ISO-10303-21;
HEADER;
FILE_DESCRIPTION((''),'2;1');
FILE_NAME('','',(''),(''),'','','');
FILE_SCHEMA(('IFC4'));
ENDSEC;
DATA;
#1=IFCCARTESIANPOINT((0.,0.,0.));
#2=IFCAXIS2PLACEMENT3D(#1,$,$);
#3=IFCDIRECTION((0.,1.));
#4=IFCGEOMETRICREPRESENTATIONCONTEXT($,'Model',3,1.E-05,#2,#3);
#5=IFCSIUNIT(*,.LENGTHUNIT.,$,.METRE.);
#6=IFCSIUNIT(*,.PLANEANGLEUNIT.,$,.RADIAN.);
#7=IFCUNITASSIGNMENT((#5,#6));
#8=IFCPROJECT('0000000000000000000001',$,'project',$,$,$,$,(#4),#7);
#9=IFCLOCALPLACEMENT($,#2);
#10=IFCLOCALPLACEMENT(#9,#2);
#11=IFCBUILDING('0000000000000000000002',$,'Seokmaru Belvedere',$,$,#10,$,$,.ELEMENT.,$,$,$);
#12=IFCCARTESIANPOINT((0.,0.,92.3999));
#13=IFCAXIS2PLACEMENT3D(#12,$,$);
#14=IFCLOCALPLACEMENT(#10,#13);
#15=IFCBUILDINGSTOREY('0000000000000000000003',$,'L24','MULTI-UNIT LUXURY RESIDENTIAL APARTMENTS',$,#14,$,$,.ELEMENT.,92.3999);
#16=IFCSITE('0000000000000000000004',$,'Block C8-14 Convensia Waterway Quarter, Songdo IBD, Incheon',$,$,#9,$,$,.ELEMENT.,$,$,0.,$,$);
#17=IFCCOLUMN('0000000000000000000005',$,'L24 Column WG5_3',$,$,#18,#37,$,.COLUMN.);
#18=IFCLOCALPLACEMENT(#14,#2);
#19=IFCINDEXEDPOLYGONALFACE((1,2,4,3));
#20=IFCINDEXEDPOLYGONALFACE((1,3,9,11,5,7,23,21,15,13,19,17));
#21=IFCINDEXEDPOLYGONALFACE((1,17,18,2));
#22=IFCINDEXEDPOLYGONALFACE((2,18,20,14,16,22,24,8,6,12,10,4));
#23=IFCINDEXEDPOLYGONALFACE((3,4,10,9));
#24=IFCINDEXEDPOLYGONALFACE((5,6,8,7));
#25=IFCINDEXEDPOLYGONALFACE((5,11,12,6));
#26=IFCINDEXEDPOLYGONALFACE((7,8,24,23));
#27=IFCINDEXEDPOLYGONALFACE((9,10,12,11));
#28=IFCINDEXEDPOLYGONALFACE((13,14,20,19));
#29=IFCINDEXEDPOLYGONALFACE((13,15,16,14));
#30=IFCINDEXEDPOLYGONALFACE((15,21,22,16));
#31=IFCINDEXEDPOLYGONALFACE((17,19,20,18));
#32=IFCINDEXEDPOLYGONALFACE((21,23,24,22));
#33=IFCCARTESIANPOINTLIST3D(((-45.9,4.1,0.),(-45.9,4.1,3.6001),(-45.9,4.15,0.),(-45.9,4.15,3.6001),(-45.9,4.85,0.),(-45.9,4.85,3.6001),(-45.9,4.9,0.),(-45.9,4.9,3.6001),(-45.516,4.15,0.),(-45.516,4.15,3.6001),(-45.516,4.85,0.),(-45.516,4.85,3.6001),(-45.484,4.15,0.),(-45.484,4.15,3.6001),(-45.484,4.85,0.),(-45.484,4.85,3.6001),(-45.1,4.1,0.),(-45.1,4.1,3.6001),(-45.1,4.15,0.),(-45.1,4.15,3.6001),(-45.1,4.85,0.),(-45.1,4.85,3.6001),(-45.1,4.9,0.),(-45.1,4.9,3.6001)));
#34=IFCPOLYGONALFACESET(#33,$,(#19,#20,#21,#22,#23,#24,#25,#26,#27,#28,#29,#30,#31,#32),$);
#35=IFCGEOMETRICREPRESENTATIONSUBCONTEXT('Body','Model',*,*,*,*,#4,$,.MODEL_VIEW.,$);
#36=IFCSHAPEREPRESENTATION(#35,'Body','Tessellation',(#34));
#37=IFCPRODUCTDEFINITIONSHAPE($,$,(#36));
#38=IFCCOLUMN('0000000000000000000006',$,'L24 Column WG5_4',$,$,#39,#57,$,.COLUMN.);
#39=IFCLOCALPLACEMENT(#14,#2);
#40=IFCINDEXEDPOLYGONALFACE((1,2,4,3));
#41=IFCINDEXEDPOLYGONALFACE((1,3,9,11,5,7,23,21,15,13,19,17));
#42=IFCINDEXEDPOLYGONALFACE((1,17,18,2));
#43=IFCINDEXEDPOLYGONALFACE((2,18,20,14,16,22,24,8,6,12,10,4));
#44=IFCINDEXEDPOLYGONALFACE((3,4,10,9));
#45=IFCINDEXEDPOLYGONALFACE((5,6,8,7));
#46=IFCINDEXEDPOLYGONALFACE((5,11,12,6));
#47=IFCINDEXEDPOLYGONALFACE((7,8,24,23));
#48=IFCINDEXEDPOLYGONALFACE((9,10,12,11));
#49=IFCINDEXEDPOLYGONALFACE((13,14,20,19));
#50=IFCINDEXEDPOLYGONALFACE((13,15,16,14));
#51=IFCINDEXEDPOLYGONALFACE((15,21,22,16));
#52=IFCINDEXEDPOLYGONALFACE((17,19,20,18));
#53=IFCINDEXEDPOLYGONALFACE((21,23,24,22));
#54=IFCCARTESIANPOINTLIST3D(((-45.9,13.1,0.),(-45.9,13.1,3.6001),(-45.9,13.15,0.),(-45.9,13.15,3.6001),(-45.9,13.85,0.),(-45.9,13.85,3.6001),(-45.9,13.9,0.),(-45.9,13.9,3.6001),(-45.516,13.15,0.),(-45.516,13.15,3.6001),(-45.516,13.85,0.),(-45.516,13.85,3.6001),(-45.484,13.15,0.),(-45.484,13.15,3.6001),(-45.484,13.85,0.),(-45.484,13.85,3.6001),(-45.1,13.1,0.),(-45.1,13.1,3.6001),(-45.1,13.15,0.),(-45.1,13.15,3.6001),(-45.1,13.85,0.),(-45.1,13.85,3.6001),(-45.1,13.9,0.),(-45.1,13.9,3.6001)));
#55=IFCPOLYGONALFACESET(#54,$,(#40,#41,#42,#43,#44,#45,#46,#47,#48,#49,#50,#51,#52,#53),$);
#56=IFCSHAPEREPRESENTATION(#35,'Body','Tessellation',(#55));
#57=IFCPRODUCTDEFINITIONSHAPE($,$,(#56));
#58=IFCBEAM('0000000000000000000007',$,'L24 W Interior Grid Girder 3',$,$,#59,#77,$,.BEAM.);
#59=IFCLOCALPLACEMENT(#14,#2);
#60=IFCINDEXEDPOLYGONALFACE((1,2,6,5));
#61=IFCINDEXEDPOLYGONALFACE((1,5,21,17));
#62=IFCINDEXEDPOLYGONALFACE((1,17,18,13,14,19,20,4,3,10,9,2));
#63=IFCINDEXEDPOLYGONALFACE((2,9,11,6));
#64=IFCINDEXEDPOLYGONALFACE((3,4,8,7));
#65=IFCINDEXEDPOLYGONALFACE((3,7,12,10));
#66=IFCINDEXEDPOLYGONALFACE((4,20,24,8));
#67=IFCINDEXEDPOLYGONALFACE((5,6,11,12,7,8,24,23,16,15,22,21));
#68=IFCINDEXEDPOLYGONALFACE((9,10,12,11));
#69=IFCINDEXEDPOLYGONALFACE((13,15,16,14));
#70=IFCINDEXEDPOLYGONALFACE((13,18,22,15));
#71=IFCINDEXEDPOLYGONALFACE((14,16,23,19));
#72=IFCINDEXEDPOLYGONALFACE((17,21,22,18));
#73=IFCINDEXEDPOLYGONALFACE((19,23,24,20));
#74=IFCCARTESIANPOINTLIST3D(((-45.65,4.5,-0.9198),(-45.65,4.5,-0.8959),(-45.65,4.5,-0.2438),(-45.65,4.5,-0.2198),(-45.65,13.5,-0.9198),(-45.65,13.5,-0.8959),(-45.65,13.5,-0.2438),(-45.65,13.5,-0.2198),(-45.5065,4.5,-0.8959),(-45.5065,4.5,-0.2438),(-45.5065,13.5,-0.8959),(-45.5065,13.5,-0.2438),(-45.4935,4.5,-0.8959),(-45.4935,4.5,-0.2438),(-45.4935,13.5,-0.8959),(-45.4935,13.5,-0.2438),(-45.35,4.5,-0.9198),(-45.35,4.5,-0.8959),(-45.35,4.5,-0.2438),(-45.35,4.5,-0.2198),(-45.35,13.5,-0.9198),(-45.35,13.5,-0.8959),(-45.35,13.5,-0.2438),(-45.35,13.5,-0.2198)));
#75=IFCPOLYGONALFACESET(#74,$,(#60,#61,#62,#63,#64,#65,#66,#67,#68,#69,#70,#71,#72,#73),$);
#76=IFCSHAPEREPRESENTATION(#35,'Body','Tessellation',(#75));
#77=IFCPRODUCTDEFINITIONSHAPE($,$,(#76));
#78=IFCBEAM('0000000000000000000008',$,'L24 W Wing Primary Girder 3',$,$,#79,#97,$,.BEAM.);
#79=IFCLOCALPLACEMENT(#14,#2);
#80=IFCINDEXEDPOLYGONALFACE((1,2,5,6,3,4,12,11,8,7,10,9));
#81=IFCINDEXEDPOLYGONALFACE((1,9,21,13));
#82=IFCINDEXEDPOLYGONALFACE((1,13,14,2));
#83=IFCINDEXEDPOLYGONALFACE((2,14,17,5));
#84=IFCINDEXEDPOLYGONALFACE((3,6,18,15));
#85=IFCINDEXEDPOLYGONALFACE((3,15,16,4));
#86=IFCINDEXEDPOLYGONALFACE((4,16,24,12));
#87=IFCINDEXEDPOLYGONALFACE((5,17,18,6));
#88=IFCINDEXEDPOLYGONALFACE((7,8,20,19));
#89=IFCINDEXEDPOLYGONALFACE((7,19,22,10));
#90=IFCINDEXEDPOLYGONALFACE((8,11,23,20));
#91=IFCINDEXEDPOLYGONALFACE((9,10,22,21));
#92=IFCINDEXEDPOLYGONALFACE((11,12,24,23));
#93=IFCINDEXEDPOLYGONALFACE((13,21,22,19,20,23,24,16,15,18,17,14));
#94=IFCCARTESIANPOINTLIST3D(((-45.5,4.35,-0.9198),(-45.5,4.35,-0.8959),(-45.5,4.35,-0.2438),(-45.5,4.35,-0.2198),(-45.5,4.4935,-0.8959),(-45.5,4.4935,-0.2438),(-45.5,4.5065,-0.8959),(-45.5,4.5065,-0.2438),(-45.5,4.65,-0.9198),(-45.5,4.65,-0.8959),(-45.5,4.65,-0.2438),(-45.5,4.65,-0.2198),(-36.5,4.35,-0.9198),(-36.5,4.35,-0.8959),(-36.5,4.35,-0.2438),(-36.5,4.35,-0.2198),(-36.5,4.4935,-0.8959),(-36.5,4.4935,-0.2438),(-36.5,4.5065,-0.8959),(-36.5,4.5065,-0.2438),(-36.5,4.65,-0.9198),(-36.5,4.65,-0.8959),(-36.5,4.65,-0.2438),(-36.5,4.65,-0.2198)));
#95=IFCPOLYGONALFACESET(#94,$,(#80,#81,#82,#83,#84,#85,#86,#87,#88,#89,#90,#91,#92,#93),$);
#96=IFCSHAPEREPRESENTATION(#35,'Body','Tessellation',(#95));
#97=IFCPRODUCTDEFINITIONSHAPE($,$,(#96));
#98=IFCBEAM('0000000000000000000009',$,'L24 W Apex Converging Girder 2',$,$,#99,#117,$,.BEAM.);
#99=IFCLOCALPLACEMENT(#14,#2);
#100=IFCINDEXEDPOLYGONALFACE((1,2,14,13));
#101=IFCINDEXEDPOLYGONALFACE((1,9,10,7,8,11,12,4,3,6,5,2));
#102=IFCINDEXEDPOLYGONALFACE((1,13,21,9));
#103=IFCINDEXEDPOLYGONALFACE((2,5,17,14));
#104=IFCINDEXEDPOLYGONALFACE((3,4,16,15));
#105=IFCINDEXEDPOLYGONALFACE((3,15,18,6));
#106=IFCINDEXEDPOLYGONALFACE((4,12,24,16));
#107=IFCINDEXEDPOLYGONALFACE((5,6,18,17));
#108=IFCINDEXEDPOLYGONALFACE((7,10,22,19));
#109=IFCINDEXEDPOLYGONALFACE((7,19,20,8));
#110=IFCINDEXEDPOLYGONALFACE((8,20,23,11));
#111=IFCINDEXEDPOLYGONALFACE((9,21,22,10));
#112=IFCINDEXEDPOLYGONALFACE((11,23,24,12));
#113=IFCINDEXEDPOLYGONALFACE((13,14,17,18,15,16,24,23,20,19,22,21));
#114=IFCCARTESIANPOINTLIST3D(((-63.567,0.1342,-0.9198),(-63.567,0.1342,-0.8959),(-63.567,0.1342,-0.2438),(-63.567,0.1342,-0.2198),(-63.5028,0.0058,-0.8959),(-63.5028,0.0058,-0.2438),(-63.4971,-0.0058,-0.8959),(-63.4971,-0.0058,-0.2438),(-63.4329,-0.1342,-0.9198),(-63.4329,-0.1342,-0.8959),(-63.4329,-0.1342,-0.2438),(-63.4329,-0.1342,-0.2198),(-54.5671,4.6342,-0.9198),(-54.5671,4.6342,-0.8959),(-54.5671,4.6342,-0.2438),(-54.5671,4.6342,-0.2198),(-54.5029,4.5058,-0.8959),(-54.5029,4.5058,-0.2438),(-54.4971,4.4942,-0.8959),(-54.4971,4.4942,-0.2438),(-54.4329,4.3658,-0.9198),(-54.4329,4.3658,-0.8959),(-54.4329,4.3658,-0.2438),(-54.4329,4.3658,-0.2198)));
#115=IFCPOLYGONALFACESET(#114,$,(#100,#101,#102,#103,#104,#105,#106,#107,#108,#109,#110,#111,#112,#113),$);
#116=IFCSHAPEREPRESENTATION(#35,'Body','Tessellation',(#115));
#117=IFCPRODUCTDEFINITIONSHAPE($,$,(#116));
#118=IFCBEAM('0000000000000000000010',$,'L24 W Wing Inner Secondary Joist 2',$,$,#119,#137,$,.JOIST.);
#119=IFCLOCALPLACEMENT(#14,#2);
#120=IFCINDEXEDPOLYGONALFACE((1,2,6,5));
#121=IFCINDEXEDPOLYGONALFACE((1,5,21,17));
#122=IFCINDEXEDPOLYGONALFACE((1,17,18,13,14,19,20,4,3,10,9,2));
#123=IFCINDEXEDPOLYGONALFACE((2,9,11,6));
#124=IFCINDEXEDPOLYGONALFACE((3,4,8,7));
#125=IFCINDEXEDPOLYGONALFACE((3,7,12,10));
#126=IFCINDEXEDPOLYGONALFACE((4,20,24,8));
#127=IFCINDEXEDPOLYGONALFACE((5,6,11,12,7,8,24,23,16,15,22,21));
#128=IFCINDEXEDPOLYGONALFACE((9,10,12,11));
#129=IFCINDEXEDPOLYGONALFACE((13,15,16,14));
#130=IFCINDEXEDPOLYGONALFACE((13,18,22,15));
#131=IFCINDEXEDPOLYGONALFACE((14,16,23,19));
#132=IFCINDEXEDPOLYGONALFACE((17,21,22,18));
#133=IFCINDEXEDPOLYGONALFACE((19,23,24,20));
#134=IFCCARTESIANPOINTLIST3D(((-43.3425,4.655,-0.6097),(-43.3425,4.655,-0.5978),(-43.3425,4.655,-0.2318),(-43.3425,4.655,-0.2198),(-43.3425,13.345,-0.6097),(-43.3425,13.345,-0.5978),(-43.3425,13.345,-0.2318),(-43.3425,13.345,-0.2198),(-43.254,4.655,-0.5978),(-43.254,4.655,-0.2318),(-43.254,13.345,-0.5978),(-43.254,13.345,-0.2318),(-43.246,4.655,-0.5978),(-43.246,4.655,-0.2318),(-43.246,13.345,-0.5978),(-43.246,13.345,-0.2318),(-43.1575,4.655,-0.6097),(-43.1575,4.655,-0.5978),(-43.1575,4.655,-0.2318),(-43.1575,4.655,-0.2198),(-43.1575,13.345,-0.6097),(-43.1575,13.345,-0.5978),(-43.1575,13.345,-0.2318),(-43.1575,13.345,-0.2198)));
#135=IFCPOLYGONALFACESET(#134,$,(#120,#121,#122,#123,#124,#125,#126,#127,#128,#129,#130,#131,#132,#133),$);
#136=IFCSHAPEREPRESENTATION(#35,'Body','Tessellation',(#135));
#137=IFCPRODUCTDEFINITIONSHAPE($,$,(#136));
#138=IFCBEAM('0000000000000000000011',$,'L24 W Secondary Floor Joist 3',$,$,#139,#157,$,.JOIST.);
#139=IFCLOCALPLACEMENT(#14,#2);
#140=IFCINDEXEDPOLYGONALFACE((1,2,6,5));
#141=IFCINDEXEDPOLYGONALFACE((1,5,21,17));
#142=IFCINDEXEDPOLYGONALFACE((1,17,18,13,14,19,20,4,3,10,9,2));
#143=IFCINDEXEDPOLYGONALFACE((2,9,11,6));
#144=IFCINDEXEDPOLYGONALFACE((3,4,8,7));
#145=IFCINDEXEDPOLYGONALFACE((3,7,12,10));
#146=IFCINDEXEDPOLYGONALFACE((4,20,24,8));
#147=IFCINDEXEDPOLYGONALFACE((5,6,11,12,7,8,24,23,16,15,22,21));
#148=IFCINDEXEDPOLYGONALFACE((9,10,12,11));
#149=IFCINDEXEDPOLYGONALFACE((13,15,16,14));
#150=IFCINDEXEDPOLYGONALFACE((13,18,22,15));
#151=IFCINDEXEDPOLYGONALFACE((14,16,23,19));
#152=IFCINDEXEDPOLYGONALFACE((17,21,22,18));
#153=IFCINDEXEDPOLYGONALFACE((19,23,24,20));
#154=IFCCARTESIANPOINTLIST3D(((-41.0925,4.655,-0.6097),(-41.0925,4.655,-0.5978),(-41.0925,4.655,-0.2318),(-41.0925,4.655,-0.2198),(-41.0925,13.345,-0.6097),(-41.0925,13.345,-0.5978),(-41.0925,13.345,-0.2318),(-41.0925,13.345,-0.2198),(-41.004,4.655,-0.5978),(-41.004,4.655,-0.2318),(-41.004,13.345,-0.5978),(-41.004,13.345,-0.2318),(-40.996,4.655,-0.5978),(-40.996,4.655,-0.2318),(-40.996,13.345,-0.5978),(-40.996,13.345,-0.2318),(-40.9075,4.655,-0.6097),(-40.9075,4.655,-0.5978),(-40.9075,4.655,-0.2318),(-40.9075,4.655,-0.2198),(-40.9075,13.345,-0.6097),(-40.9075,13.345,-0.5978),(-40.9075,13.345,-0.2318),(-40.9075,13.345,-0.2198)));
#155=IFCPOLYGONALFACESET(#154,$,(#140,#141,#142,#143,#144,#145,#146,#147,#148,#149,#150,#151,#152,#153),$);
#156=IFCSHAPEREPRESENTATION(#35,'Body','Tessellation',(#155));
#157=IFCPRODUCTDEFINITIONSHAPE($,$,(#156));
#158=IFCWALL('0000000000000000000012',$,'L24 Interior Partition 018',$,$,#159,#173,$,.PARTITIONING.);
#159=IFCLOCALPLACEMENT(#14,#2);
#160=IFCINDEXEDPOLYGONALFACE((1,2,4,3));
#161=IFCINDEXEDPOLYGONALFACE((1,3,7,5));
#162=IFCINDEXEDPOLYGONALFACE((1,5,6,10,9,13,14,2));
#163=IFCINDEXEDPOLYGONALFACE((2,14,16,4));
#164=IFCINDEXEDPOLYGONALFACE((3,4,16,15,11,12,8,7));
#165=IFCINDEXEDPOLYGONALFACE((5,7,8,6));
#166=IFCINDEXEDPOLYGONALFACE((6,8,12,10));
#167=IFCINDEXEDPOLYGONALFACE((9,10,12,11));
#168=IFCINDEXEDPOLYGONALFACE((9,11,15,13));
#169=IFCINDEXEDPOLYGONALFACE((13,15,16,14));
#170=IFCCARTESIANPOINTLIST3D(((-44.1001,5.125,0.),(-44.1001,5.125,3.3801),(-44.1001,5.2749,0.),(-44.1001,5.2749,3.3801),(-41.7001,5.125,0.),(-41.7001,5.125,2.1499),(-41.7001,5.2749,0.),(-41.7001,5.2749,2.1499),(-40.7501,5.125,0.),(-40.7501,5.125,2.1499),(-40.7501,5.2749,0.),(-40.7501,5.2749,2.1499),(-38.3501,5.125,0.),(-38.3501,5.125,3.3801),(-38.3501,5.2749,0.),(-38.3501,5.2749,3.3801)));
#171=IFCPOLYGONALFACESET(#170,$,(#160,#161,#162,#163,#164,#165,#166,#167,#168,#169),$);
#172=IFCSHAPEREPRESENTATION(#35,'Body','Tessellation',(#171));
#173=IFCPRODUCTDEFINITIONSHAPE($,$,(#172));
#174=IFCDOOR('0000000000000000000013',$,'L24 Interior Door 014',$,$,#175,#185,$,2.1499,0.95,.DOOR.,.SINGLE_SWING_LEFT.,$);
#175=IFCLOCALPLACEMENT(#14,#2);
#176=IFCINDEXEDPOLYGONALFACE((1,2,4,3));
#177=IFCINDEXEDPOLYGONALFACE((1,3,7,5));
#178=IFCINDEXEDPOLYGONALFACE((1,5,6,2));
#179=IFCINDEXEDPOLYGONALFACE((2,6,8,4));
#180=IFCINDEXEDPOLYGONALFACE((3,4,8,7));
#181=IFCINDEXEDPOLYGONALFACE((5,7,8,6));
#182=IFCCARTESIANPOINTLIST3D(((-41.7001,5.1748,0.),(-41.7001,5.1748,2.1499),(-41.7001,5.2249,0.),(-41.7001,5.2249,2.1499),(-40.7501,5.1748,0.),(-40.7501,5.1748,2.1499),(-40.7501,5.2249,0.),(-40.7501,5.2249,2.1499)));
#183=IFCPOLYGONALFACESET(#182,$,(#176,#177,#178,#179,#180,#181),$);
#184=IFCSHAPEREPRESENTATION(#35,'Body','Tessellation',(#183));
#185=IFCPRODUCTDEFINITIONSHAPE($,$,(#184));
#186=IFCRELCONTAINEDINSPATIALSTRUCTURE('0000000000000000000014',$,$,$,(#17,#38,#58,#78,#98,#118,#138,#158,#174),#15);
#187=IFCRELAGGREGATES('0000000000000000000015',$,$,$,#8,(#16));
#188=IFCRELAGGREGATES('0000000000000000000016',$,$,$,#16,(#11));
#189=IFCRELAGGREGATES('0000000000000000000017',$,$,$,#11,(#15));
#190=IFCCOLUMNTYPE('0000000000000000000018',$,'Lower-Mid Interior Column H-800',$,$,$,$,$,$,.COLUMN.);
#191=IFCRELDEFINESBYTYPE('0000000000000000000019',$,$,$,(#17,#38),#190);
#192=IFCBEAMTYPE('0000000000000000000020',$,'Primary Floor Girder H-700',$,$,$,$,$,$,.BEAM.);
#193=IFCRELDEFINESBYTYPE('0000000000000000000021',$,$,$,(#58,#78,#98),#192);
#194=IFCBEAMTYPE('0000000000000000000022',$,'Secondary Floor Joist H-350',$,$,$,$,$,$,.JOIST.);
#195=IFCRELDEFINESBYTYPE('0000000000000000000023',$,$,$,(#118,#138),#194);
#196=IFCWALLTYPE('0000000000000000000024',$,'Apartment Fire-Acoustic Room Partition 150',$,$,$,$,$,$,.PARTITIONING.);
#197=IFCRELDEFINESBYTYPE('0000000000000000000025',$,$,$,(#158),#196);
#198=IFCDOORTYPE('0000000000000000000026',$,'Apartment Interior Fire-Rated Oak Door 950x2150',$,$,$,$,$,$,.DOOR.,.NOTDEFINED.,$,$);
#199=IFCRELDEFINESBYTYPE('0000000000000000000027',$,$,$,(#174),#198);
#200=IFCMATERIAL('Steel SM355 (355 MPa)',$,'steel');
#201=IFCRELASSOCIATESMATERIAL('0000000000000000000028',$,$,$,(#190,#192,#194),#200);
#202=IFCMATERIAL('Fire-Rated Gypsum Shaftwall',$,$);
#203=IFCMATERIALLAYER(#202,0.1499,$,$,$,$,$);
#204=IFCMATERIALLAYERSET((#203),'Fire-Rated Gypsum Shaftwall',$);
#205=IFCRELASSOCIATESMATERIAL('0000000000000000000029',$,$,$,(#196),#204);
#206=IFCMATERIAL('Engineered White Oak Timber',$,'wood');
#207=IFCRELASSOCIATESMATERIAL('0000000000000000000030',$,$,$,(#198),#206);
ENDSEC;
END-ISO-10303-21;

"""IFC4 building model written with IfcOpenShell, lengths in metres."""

from ifc_helpers import new_model, si_unit, direction, frame, frame_2d, origin, origin_2d, place, context, subcontext, project, spatial, rectangle, i_section, extrude, source, transform, mapped, material, layer, layer_set, material_profile, profile_set, type_object, type_shapes, element, fill, save


model = new_model("IFC4")

# Units and contexts
model_context = context("Model", 3, precision=1e-05, world=origin(), true_north=direction((0.0, 1.0)))
body_context = subcontext(model_context, "Body", "Model", "MODEL_VIEW")
ifc_project = project(units=[si_unit("LENGTHUNIT", "METRE"), si_unit("PLANEANGLEUNIT", "RADIAN")], contexts=[model_context])

# Site, building, storey
site_placement = place(None, origin())
site = spatial("IfcSite", under=ifc_project, at=site_placement, Name="Block C8-14 Convensia Waterway Quarter, Songdo IBD, Incheon", CompositionType="ELEMENT", RefElevation=0.0)
building_placement = place(site_placement, origin())
building = spatial("IfcBuilding", under=site, at=building_placement, Name="Seokmaru Belvedere", CompositionType="ELEMENT")
storey_placement = place(building_placement, frame((0.0, 0.0, 92.3999)))
storey = spatial("IfcBuildingStorey", under=building, at=storey_placement, Name="L24", Description="MULTI-UNIT LUXURY RESIDENTIAL APARTMENTS", CompositionType="ELEMENT", Elevation=92.3999)

# Columns
ifc_material_1 = material(Name="Steel SM355 (355 MPa)", Category="steel")
ifc_material_profile_1 = material_profile(ifc_material_1, i_section(OverallWidth=0.8, OverallDepth=0.8, WebThickness=0.032, FlangeThickness=0.05, at=origin_2d()), Name="H-800x800x32x50")
ifc_profile_set_1 = profile_set([ifc_material_profile_1], Name="Steel SM355 (355 MPa)")
column_type = type_object("IfcColumnType", Name="Lower-Mid Interior Column H-800", PredefinedType="COLUMN", material=ifc_profile_set_1)
shared_shape_1 = source(origin(), body_context, "Body", "SweptSolid", [
    extrude(i_section(OverallWidth=0.8, OverallDepth=0.8, WebThickness=0.032, FlangeThickness=0.05, at=origin_2d()), origin(), (0.0, 0.0, 1.0), 3.6001),
])
type_shapes(column_type, [shared_shape_1])
for number, where, z_axis, x_axis, name in (
    (1, (-45.5, 4.5, 0.0), (0.0, 0.0, 1.0), (1.0, 0.0, 0.0), "L24 Column WG5_3"),
    (2, (-45.5, 13.5, 0.0), (0.0, 0.0, 1.0), (1.0, 0.0, 0.0), "L24 Column WG5_4"),
):
    element("IfcColumn", number, at=place(storey_placement, frame(where, z_axis=z_axis, x_axis=x_axis)), inside=storey, type_object=column_type, Name=name, PredefinedType="COLUMN", context=body_context, shape_type="MappedRepresentation", body=[
        mapped(shared_shape_1, transform((0.0, 0.0, 0.0), scale=1.0)),
    ])

# Beams
ifc_material_profile_2 = material_profile(ifc_material_1, i_section(OverallWidth=0.3, OverallDepth=0.7, WebThickness=0.0129, FlangeThickness=0.0239, at=origin_2d()), Name="H-700x300x13x24")
ifc_profile_set_2 = profile_set([ifc_material_profile_2], Name="Steel SM355 (355 MPa)")
beam_type_1 = type_object("IfcBeamType", Name="Primary Floor Girder H-700", PredefinedType="BEAM", material=ifc_profile_set_2)
shared_shape_2 = source(origin(), body_context, "Body", "SweptSolid", [
    extrude(i_section(OverallWidth=0.3, OverallDepth=0.7, WebThickness=0.0129, FlangeThickness=0.0239, at=origin_2d()), origin(), (0.0, 0.0, 1.0), 9.0),
])
for number, where, z_axis, x_axis, name in (
    (3, (-45.5, 4.5, -0.5698), (0.0, 1.0, 0.0), (-1.0, 0.0, 0.0), "L24 W Interior Grid Girder 3"),
    (4, (-45.5, 4.5, -0.5698), (1.0, 0.0, 0.0), (0.0, 1.0, 0.0), "L24 W Wing Primary Girder 3"),
):
    element("IfcBeam", number, at=place(storey_placement, frame(where, z_axis=z_axis, x_axis=x_axis)), inside=storey, type_object=beam_type_1, Name=name, PredefinedType="BEAM", context=body_context, shape_type="MappedRepresentation", body=[
        mapped(shared_shape_2, transform((0.0, 0.0, 0.0), scale=1.0)),
    ])
shared_shape_3 = source(origin(), body_context, "Body", "SweptSolid", [
    extrude(i_section(OverallWidth=0.3, OverallDepth=0.7, WebThickness=0.0129, FlangeThickness=0.0239, at=origin_2d()), origin(), (0.0, 0.0, 1.0), 10.0623),
])
type_shapes(beam_type_1, [shared_shape_2, shared_shape_3])
beam_placement = place(storey_placement, frame((-54.5, 4.5, -0.5698), z_axis=(-0.894427, -0.447214, 0.0), x_axis=(0.447214, -0.894427, 0.0)))
element("IfcBeam", 5, at=beam_placement, inside=storey, type_object=beam_type_1, Name="L24 W Apex Converging Girder 2", PredefinedType="BEAM", context=body_context, shape_type="MappedRepresentation", body=[
    mapped(shared_shape_3, transform((0.0, 0.0, 0.0), scale=1.0)),
])
ifc_material_profile_3 = material_profile(ifc_material_1, i_section(OverallWidth=0.1851, OverallDepth=0.3899, WebThickness=0.0081, FlangeThickness=0.012, at=origin_2d()), Name="H-390x185x8x12")
ifc_profile_set_3 = profile_set([ifc_material_profile_3], Name="Steel SM355 (355 MPa)")
beam_type_2 = type_object("IfcBeamType", Name="Secondary Floor Joist H-350", PredefinedType="JOIST", material=ifc_profile_set_3)
shared_shape_4 = source(origin(), body_context, "Body", "SweptSolid", [
    extrude(i_section(OverallWidth=0.1851, OverallDepth=0.3899, WebThickness=0.0081, FlangeThickness=0.012, at=origin_2d()), origin(), (0.0, 0.0, 1.0), 8.6899),
])
type_shapes(beam_type_2, [shared_shape_4])
for number, where, z_axis, x_axis, name in (
    (6, (-43.25, 4.655, -0.4148), (0.0, 1.0, 0.0), (-1.0, 0.0, 0.0), "L24 W Wing Inner Secondary Joist 2"),
    (7, (-41.0, 4.655, -0.4148), (0.0, 1.0, 0.0), (-1.0, 0.0, 0.0), "L24 W Secondary Floor Joist 3"),
):
    element("IfcBeam", number, at=place(storey_placement, frame(where, z_axis=z_axis, x_axis=x_axis)), inside=storey, type_object=beam_type_2, Name=name, PredefinedType="JOIST", context=body_context, shape_type="MappedRepresentation", body=[
        mapped(shared_shape_4, transform((0.0, 0.0, 0.0), scale=1.0)),
    ])

# Wall, opening, door
ifc_material_2 = material(Name="Fire-Rated Gypsum Shaftwall")
ifc_layer_1 = layer(ifc_material_2, 0.1499)
ifc_layer_set_1 = layer_set([ifc_layer_1], Name="Fire-Rated Gypsum Shaftwall")
wall_type_1 = type_object("IfcWallType", Name="Apartment Fire-Acoustic Room Partition 150", PredefinedType="PARTITIONING", material=ifc_layer_set_1)
wall_1_placement = place(storey_placement, frame((-44.1001, 5.2, 0.0), z_axis=(0.0, 0.0, 1.0), x_axis=(1.0, 0.0, 0.0)))
wall_1 = element("IfcWall", 8, at=wall_1_placement, inside=storey, type_object=wall_type_1, Name="L24 Interior Partition 018", PredefinedType="PARTITIONING", context=body_context, shape_type="SweptSolid", body=[
    extrude(rectangle(XDim=5.75, YDim=0.1499, at=frame_2d((2.875, 0.0))), origin(), (0.0, 0.0, 1.0), 3.3801),
])
opening_1_placement = place(wall_1_placement, frame((2.3999, 0.0, 0.0)))
opening_1 = element("IfcOpeningElement", 9, at=opening_1_placement, cuts=wall_1, PredefinedType="OPENING", context=body_context, shape_type="SweptSolid", body=[
    extrude(rectangle(XDim=0.95, YDim=2.1499, at=frame_2d((0.4751, 1.075))), frame((0.0, 0.085, 0.0), z_axis=(0.0, -1.0, 0.0), x_axis=(1.0, 0.0, 0.0)), (0.0, 0.0, 1.0), 0.1699),
])
ifc_material_3 = material(Name="Engineered White Oak Timber", Category="wood")
door_type_1 = type_object("IfcDoorType", Name="Apartment Interior Fire-Rated Oak Door 950x2150", OperationType="NOTDEFINED", PredefinedType="DOOR", material=ifc_material_3)
shared_shape_5 = source(origin(), body_context, "Body", "SweptSolid", [
    extrude(rectangle(XDim=0.95, YDim=2.1499, at=frame_2d((0.4751, 1.075))), frame((0.0, 0.0249, 0.0), z_axis=(0.0, -1.0, 0.0), x_axis=(1.0, 0.0, 0.0)), (0.0, 0.0, 1.0), 0.05),
])
type_shapes(door_type_1, [shared_shape_5])
door_1_placement = place(opening_1_placement, origin())
door_1 = element("IfcDoor", 10, at=door_1_placement, inside=storey, type_object=door_type_1, Name="L24 Interior Door 014", OperationType="SINGLE_SWING_LEFT", OverallHeight=2.1499, OverallWidth=0.95, PredefinedType="DOOR", context=body_context, shape_type="MappedRepresentation", body=[
    mapped(shared_shape_5, transform((0.0, 0.0, 0.0), scale=1.0)),
])
fill(opening_1, door_1)

save(model, "model.ifc")
